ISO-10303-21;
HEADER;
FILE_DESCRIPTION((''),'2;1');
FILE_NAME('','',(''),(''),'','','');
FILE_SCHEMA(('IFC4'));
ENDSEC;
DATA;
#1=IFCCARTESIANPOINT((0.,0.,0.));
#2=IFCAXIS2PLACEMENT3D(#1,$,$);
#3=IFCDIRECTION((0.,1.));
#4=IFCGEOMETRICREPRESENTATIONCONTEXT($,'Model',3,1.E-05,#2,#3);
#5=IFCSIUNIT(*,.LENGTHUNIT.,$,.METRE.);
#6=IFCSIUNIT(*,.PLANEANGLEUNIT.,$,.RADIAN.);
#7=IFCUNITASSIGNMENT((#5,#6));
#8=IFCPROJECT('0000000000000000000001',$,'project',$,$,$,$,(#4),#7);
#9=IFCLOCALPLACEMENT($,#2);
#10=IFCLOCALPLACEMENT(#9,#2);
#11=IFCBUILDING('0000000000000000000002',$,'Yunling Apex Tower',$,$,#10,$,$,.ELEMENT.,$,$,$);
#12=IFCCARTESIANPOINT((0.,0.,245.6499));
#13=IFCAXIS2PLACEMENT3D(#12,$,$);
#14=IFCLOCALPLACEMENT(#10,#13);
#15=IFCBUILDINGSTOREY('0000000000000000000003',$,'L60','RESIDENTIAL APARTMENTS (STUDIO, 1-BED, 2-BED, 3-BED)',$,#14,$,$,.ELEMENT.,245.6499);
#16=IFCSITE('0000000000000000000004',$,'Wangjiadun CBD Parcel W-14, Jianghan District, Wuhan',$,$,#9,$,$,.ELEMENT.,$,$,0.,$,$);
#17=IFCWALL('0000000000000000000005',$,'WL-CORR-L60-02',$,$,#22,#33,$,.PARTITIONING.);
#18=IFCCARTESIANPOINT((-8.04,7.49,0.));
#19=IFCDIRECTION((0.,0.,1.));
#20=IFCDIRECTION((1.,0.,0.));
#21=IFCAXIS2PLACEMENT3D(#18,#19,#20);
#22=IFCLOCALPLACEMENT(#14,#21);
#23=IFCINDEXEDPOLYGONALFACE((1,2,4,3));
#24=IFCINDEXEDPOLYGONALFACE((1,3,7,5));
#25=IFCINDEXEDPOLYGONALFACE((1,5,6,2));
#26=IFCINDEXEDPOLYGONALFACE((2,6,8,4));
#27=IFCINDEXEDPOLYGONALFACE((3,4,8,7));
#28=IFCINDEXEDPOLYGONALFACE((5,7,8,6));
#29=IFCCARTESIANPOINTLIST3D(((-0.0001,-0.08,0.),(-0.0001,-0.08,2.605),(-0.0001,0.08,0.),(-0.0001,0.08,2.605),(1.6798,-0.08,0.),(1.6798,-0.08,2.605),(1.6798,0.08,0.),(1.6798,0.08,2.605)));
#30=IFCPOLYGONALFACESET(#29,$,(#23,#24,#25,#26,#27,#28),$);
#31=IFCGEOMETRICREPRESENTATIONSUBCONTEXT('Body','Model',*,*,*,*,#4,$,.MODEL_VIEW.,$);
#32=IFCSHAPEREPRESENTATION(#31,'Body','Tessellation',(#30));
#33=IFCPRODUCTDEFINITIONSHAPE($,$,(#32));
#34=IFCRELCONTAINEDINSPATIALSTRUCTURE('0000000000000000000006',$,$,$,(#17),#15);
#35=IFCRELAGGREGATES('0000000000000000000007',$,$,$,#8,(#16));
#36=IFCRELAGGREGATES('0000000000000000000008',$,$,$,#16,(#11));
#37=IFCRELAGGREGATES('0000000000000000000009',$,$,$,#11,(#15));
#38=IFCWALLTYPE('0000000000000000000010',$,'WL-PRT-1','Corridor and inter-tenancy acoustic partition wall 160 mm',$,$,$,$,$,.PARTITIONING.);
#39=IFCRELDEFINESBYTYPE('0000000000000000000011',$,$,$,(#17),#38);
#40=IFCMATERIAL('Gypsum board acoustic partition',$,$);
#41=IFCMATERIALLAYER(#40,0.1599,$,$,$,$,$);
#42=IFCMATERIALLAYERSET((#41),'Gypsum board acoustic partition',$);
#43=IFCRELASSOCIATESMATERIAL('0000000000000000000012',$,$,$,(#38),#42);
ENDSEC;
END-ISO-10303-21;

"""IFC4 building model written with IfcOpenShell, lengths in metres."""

from ifc_helpers import new_model, si_unit, direction, frame, frame_2d, origin, place, context, subcontext, project, spatial, rectangle, extrude, material, layer, layer_set, type_object, element, save


model = new_model("IFC4")

# Units and contexts
model_context = context("Model", 3, precision=1e-05, world=origin(), true_north=direction((0.0, 1.0)))
body_context = subcontext(model_context, "Body", "Model", "MODEL_VIEW")
ifc_project = project(units=[si_unit("LENGTHUNIT", "METRE"), si_unit("PLANEANGLEUNIT", "RADIAN")], contexts=[model_context])

# Site, building, storey
site_placement = place(None, origin())
site = spatial("IfcSite", under=ifc_project, at=site_placement, Name="Wangjiadun CBD Parcel W-14, Jianghan District, Wuhan", CompositionType="ELEMENT", RefElevation=0.0)
building_placement = place(site_placement, origin())
building = spatial("IfcBuilding", under=site, at=building_placement, Name="Yunling Apex Tower", CompositionType="ELEMENT")
storey_placement = place(building_placement, frame((0.0, 0.0, 245.6499)))
storey = spatial("IfcBuildingStorey", under=building, at=storey_placement, Name="L60", Description="RESIDENTIAL APARTMENTS (STUDIO, 1-BED, 2-BED, 3-BED)", CompositionType="ELEMENT", Elevation=245.6499)

# Shared definitions
ifc_material_1 = material(Name="Gypsum board acoustic partition")
ifc_layer_1 = layer(ifc_material_1, 0.1599)
ifc_layer_set_1 = layer_set([ifc_layer_1], Name="Gypsum board acoustic partition")
wall_type_1 = type_object("IfcWallType", Name="WL-PRT-1", Description="Corridor and inter-tenancy acoustic partition wall 160 mm", PredefinedType="PARTITIONING", material=ifc_layer_set_1)

# Wall
wall_1_placement = place(storey_placement, frame((-8.04, 7.49, 0.0), z_axis=(0.0, 0.0, 1.0), x_axis=(1.0, 0.0, 0.0)))
element("IfcWall", 1, at=wall_1_placement, inside=storey, type_object=wall_type_1, Name="WL-CORR-L60-02", PredefinedType="PARTITIONING", context=body_context, shape_type="SweptSolid", body=[
    extrude(rectangle(XDim=1.6799, YDim=0.1599, at=frame_2d((0.8398, 0.0))), origin(), (0.0, 0.0, 1.0), 2.605),
])

save(model, "model.ifc")
